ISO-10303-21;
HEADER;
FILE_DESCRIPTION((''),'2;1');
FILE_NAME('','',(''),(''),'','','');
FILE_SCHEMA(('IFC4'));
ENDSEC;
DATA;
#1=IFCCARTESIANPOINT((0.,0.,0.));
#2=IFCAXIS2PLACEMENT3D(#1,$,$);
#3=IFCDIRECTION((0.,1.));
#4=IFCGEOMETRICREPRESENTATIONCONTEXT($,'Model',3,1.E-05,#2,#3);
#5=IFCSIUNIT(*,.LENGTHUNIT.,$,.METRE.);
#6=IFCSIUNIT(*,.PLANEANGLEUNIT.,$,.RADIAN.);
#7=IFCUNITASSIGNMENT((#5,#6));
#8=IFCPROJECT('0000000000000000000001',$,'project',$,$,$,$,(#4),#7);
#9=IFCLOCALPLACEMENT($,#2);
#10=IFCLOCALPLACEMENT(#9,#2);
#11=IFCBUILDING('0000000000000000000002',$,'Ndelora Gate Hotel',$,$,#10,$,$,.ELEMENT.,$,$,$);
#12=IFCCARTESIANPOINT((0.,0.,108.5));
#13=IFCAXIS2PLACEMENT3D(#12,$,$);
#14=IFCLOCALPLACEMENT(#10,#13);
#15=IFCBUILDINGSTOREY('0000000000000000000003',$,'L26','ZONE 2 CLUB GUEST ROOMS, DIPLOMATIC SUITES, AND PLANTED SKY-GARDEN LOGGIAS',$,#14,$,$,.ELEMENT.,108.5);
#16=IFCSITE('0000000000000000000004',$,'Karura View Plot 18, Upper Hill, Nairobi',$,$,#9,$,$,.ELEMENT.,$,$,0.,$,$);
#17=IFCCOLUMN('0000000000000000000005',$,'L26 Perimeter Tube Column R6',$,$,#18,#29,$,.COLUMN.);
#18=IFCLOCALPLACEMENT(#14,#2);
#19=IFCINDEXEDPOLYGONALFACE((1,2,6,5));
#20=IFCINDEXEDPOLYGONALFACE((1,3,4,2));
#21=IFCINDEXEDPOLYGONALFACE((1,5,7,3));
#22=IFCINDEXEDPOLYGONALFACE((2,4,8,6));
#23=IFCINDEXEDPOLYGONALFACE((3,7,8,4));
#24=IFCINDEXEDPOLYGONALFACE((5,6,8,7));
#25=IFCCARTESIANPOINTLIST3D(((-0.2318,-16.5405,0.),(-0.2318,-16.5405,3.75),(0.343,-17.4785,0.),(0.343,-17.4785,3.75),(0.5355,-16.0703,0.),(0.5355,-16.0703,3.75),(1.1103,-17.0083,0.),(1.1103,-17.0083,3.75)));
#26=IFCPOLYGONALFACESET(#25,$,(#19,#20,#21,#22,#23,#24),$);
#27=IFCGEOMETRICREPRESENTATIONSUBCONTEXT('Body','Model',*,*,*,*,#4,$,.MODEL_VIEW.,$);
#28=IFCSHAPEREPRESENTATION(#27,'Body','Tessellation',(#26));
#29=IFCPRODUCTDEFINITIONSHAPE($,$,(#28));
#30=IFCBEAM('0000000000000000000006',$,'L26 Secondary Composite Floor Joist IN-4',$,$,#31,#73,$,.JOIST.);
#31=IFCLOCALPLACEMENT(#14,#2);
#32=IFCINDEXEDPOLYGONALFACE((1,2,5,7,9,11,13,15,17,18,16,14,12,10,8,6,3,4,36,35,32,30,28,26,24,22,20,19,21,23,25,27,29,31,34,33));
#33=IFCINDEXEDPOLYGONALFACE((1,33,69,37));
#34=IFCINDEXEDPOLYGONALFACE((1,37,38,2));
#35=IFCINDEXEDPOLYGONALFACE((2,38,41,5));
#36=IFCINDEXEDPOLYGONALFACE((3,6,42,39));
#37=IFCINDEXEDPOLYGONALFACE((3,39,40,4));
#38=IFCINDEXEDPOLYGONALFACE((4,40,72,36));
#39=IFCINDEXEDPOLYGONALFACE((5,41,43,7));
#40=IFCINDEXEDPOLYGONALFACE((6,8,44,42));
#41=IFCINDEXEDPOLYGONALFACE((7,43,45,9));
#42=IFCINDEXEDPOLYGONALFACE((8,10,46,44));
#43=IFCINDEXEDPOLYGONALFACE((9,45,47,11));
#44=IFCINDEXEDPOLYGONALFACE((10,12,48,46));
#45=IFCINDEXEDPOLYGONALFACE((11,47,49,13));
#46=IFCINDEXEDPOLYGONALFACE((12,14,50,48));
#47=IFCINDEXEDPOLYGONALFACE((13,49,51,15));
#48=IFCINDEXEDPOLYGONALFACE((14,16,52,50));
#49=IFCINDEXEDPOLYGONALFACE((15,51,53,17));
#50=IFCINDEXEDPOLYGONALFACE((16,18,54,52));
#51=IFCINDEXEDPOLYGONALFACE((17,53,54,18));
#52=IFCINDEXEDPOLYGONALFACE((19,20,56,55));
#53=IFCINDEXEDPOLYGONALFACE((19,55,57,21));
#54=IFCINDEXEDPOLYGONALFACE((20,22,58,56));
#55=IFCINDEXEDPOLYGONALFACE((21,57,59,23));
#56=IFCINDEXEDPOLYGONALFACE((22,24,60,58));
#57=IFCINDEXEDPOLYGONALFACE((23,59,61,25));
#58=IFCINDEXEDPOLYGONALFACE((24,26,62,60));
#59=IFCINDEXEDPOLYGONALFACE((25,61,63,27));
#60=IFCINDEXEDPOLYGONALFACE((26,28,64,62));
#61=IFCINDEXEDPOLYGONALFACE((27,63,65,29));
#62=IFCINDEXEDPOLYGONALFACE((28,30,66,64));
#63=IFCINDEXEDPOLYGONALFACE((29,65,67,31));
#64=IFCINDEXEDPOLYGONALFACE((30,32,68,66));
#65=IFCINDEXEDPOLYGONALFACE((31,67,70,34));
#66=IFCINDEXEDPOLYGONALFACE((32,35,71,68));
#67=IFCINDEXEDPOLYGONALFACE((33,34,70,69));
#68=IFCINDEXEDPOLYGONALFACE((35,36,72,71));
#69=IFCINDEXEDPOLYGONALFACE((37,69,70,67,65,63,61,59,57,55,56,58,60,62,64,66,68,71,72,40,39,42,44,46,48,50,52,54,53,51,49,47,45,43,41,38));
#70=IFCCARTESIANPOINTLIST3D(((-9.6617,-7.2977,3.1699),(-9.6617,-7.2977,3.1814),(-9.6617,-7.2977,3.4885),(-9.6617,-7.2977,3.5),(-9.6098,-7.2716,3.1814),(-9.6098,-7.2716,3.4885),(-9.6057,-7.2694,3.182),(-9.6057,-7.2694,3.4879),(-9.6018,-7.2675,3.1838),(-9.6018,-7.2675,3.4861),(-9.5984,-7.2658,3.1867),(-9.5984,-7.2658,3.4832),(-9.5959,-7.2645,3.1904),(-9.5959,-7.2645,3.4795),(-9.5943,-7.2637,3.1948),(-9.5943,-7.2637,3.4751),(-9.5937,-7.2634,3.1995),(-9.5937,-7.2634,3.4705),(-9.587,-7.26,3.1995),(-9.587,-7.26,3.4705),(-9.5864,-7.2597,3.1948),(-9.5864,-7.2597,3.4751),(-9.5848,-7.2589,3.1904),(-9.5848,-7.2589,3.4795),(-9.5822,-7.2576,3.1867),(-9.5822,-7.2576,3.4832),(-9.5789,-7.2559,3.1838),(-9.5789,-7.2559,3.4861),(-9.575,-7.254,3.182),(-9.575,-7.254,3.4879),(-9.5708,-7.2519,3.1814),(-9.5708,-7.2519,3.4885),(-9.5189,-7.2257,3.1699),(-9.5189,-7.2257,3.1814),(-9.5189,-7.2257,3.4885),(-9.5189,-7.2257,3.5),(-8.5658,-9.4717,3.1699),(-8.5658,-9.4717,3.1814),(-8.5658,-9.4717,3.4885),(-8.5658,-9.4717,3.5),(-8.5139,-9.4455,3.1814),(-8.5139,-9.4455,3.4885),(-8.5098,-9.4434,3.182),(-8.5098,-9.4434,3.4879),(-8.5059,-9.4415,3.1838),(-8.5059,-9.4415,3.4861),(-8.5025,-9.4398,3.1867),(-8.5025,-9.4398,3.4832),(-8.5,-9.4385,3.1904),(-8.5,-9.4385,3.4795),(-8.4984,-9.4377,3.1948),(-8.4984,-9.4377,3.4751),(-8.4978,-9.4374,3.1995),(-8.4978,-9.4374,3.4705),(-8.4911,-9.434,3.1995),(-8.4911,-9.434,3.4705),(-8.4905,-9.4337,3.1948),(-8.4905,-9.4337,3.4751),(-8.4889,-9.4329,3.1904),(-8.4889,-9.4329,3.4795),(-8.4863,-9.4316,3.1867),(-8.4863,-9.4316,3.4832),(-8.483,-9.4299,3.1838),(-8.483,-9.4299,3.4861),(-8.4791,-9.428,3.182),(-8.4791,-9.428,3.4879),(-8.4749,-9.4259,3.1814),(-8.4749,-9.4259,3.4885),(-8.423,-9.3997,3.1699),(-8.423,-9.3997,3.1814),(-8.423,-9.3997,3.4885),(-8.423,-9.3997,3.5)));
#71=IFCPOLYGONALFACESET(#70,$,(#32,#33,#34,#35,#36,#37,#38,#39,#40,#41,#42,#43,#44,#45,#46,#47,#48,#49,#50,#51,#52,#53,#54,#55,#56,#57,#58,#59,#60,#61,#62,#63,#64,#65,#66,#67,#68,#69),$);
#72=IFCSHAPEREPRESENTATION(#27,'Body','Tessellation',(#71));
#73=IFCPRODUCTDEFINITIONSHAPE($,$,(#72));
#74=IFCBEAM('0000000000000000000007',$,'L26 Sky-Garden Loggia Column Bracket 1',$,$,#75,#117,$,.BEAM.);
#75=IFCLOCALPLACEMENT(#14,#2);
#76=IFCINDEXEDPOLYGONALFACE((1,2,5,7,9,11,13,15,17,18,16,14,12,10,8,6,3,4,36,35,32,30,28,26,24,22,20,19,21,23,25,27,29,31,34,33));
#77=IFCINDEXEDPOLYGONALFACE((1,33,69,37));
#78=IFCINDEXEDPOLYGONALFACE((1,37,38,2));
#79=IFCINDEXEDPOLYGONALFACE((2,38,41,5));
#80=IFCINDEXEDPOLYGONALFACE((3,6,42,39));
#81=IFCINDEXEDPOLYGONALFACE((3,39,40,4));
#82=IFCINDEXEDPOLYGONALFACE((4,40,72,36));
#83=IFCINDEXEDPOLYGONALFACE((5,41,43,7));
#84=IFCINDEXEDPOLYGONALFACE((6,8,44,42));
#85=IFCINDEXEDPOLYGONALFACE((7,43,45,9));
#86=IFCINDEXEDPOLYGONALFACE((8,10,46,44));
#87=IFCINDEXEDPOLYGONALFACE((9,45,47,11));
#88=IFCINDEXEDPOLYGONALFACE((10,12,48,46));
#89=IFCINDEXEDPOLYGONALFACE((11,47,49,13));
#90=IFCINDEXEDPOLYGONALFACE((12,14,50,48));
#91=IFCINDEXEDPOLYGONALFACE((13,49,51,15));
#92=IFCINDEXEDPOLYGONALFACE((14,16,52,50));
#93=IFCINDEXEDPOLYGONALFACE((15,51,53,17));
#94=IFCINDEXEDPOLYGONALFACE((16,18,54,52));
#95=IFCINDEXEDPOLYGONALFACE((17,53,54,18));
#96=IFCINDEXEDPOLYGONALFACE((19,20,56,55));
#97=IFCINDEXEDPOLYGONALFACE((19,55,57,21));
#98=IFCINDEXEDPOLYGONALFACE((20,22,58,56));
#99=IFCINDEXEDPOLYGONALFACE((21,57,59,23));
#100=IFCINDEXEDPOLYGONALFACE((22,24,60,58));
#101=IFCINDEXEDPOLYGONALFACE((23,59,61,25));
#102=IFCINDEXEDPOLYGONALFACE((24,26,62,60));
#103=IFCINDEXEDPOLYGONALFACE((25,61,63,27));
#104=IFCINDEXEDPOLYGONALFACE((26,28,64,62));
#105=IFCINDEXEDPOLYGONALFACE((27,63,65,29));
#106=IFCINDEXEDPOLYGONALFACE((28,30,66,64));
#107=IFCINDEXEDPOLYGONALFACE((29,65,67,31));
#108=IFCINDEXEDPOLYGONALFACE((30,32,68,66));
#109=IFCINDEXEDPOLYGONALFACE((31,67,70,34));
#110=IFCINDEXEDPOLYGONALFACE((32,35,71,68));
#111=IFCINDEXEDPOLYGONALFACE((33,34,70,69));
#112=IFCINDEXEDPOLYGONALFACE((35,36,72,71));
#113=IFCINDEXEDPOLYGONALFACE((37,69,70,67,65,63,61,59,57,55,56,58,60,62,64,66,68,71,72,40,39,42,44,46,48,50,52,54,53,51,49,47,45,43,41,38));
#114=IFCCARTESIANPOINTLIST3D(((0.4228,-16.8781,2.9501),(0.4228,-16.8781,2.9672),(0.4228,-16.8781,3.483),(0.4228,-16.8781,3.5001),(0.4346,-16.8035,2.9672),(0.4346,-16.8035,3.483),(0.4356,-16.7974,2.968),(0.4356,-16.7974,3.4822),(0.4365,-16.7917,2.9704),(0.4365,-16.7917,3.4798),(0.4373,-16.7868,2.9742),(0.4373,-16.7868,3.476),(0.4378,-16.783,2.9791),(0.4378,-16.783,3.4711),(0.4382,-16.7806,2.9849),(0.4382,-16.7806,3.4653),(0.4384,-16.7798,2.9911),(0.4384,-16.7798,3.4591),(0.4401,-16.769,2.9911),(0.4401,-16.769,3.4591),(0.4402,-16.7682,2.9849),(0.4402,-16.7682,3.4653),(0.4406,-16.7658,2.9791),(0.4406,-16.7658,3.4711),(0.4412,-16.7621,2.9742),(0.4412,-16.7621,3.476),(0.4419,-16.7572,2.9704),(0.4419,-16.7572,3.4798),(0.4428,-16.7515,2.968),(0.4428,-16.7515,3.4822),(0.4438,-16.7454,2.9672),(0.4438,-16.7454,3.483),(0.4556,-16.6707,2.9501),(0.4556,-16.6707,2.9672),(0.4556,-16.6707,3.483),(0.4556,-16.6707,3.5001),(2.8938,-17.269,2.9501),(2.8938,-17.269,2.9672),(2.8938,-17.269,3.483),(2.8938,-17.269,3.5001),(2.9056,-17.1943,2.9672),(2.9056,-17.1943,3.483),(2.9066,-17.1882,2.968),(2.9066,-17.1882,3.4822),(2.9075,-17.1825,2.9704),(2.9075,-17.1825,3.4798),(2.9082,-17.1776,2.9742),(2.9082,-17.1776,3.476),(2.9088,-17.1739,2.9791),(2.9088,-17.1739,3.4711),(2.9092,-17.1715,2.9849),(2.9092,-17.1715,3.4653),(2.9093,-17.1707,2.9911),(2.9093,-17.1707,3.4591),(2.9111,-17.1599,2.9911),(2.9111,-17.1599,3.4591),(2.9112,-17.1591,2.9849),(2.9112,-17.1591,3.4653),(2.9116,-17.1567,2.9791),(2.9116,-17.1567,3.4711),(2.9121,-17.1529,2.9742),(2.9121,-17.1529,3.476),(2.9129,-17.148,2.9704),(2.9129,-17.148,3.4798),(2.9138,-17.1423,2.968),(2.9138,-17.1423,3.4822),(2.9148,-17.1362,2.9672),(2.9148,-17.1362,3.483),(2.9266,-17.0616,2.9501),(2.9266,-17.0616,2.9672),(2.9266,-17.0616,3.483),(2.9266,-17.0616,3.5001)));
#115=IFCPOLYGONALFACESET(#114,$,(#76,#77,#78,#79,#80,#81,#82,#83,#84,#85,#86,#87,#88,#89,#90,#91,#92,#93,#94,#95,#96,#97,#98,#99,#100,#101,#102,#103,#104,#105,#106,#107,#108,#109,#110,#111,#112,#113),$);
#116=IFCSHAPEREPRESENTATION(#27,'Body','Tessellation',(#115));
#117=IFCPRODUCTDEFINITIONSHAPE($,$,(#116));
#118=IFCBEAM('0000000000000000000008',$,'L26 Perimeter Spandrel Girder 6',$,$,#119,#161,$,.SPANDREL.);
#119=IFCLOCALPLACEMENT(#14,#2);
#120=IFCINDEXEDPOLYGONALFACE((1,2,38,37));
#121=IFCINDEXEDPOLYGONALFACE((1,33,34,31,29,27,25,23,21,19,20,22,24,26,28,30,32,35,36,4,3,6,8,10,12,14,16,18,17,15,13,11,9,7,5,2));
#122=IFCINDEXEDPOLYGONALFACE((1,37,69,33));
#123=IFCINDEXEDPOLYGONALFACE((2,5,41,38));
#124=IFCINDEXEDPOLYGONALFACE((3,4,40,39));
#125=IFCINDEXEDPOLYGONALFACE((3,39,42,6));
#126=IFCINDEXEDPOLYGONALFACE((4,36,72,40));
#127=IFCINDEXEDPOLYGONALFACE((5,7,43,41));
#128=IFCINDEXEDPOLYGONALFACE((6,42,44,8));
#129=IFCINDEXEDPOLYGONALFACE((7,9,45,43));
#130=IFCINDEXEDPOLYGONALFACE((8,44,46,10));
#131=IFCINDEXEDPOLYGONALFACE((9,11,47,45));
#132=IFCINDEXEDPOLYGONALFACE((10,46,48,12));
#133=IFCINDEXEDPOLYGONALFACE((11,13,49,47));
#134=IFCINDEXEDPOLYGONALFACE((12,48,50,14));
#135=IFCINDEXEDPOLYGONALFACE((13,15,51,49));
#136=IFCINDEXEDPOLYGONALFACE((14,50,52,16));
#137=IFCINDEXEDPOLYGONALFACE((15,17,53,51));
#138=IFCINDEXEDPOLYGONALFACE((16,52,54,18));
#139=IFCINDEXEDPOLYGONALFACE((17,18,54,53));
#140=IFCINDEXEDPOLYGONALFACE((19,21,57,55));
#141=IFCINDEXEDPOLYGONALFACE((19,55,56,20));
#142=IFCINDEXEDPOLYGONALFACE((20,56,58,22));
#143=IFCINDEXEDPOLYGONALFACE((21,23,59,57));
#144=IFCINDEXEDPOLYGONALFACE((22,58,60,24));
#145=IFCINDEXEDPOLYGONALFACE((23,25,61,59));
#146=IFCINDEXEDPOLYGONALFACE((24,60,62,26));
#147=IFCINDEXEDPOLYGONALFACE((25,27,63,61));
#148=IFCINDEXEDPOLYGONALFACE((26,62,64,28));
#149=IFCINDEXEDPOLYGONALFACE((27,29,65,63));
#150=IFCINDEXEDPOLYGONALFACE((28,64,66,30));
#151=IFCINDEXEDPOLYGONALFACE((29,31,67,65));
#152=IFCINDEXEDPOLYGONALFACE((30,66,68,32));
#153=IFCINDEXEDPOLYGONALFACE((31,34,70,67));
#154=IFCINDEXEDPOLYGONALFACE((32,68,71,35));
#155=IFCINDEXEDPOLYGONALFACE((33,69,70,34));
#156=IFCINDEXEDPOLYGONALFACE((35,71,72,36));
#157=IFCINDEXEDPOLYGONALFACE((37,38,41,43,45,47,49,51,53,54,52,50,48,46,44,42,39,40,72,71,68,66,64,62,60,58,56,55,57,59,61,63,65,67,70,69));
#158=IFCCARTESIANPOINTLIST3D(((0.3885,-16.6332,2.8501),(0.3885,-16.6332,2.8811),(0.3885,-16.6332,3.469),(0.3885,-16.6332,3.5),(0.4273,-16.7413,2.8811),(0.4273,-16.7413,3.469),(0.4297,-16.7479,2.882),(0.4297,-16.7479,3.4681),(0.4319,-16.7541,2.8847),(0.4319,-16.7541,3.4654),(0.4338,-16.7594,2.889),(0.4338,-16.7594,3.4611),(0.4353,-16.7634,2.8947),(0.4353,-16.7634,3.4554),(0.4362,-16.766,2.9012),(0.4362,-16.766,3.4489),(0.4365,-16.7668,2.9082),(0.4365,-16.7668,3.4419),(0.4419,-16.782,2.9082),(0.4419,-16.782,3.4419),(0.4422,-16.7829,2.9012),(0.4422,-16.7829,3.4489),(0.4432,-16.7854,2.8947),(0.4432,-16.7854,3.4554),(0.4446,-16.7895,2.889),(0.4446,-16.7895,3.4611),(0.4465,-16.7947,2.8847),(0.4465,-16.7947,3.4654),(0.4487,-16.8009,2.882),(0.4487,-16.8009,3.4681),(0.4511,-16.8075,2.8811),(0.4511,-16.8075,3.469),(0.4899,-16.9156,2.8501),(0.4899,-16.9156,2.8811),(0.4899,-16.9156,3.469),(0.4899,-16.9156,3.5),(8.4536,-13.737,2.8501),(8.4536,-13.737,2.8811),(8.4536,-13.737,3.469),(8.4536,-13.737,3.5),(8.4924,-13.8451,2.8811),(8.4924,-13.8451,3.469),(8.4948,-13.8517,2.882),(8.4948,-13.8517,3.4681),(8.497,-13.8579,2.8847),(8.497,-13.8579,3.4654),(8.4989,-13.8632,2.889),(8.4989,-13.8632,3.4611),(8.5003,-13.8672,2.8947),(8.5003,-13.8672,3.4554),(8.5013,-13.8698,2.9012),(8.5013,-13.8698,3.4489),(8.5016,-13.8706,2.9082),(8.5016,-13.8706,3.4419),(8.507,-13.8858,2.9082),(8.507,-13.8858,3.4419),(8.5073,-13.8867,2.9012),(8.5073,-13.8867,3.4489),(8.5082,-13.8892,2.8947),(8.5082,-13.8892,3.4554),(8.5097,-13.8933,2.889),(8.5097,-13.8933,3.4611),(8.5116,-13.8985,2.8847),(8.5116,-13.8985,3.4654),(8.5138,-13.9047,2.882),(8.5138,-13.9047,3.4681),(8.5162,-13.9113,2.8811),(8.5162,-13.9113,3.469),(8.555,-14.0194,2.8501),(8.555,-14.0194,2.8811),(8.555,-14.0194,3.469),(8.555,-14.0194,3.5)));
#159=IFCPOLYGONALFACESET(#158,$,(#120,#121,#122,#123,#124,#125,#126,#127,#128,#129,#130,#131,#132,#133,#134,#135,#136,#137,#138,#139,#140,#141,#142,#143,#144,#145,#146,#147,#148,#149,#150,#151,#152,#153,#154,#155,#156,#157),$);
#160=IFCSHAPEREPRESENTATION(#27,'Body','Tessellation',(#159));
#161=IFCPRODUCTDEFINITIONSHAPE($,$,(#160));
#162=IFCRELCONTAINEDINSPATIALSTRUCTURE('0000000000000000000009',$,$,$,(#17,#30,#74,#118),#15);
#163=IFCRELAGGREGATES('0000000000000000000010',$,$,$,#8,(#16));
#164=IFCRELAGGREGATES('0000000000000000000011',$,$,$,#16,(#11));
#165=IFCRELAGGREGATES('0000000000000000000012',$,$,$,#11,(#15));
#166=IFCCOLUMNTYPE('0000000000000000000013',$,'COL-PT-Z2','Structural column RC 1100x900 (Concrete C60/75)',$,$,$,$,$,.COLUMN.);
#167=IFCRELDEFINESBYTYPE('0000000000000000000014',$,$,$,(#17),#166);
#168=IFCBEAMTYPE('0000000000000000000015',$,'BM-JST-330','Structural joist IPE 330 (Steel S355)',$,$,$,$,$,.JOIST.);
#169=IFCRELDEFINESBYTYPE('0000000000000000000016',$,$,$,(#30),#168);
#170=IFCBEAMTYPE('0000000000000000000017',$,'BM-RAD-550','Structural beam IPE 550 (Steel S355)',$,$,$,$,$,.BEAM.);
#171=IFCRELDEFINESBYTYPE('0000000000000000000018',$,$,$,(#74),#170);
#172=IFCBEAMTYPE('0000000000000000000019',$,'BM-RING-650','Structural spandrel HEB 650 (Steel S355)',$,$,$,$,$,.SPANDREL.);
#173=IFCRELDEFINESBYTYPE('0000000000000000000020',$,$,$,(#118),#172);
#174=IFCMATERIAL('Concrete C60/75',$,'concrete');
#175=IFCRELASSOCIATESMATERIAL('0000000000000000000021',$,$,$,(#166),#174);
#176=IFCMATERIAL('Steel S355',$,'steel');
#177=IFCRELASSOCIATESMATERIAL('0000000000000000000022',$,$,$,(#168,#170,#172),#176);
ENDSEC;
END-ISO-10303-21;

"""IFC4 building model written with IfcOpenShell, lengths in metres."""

from ifc_helpers import new_model, si_unit, direction, frame, origin, origin_2d, place, context, subcontext, project, spatial, rectangle, i_section, extrude, material, material_profile, profile_set, type_object, element, save


model = new_model("IFC4")

# Units and contexts
model_context = context("Model", 3, precision=1e-05, world=origin(), true_north=direction((0.0, 1.0)))
body_context = subcontext(model_context, "Body", "Model", "MODEL_VIEW")
ifc_project = project(units=[si_unit("LENGTHUNIT", "METRE"), si_unit("PLANEANGLEUNIT", "RADIAN")], contexts=[model_context])

# Site, building, storey
site_placement = place(None, origin())
site = spatial("IfcSite", under=ifc_project, at=site_placement, Name="Karura View Plot 18, Upper Hill, Nairobi", CompositionType="ELEMENT", RefElevation=0.0)
building_placement = place(site_placement, origin())
building = spatial("IfcBuilding", under=site, at=building_placement, Name="Ndelora Gate Hotel", CompositionType="ELEMENT")
storey_placement = place(building_placement, frame((0.0, 0.0, 108.5)))
storey = spatial("IfcBuildingStorey", under=building, at=storey_placement, Name="L26", Description="ZONE 2 CLUB GUEST ROOMS, DIPLOMATIC SUITES, AND PLANTED SKY-GARDEN LOGGIAS", CompositionType="ELEMENT", Elevation=108.5)

# Column
ifc_material_1 = material(Name="Concrete C60/75", Category="concrete")
ifc_material_profile_1 = material_profile(ifc_material_1, rectangle(XDim=0.8999, YDim=1.1001, at=origin_2d()), Name="RC 1100x900")
ifc_profile_set_1 = profile_set([ifc_material_profile_1], Name="Concrete C60/75")
column_type = type_object("IfcColumnType", Name="COL-PT-Z2", Description="Structural column RC 1100x900 (Concrete C60/75)", PredefinedType="COLUMN", material=ifc_profile_set_1)
column_placement = place(storey_placement, frame((0.4392, -16.7744, 0.0), z_axis=(0.0, 0.0, 1.0), x_axis=(0.85264, 0.522499, 0.0)))
element("IfcColumn", 1, at=column_placement, inside=storey, type_object=column_type, Name="L26 Perimeter Tube Column R6", PredefinedType="COLUMN", context=body_context, shape_type="SweptSolid", body=[
    extrude(rectangle(XDim=0.8999, YDim=1.1001, at=origin_2d()), origin(), (0.0, 0.0, 1.0), 3.75),
])

# Beams
ifc_material_2 = material(Name="Steel S355", Category="steel")
ifc_material_profile_2 = material_profile(ifc_material_2, i_section(OverallWidth=0.1599, OverallDepth=0.3301, WebThickness=0.0076, FlangeThickness=0.0115, FilletRadius=0.0181, at=origin_2d()), Name="IPE 330")
ifc_profile_set_2 = profile_set([ifc_material_profile_2], Name="Steel S355")
beam_type_1 = type_object("IfcBeamType", Name="BM-JST-330", Description="Structural joist IPE 330 (Steel S355)", PredefinedType="JOIST", material=ifc_profile_set_2)
beam_1_placement = place(storey_placement, frame((-9.5903, -7.2617, 3.335), z_axis=(0.450139, -0.892958, 0.0), x_axis=(0.892958, 0.450139, 0.0)))
element("IfcBeam", 2, at=beam_1_placement, inside=storey, type_object=beam_type_1, Name="L26 Secondary Composite Floor Joist IN-4", PredefinedType="JOIST", context=body_context, shape_type="SweptSolid", body=[
    extrude(i_section(OverallWidth=0.1599, OverallDepth=0.3301, WebThickness=0.0076, FlangeThickness=0.0115, FilletRadius=0.0181, at=origin_2d()), origin(), (0.0, 0.0, 1.0), 2.4346),
])
ifc_material_profile_3 = material_profile(ifc_material_2, i_section(OverallWidth=0.21, OverallDepth=0.55, WebThickness=0.011, FlangeThickness=0.0171, FilletRadius=0.0239, at=origin_2d()), Name="IPE 550")
ifc_profile_set_3 = profile_set([ifc_material_profile_3], Name="Steel S355")
beam_type_2 = type_object("IfcBeamType", Name="BM-RAD-550", Description="Structural beam IPE 550 (Steel S355)", PredefinedType="BEAM", material=ifc_profile_set_3)
beam_2_placement = place(storey_placement, frame((0.4392, -16.7744, 3.2251), z_axis=(0.987719, -0.156243, 0.0), x_axis=(0.156243, 0.987719, 0.0)))
element("IfcBeam", 3, at=beam_2_placement, inside=storey, type_object=beam_type_2, Name="L26 Sky-Garden Loggia Column Bracket 1", PredefinedType="BEAM", context=body_context, shape_type="SweptSolid", body=[
    extrude(i_section(OverallWidth=0.21, OverallDepth=0.55, WebThickness=0.011, FlangeThickness=0.0171, FilletRadius=0.0239, at=origin_2d()), origin(), (0.0, 0.0, 1.0), 2.5017),
])
ifc_material_profile_4 = material_profile(ifc_material_2, i_section(OverallWidth=0.3, OverallDepth=0.6499, WebThickness=0.0161, FlangeThickness=0.031, FilletRadius=0.0271, at=origin_2d()), Name="HEB 650")
ifc_profile_set_4 = profile_set([ifc_material_profile_4], Name="Steel S355")
beam_type_3 = type_object("IfcBeamType", Name="BM-RING-650", Description="Structural spandrel HEB 650 (Steel S355)", PredefinedType="SPANDREL", material=ifc_profile_set_4)
beam_3_placement = place(storey_placement, frame((0.4392, -16.7744, 3.175), z_axis=(0.941156, 0.337973, 0.0), x_axis=(-0.337973, 0.941156, 0.0)))
element("IfcBeam", 4, at=beam_3_placement, inside=storey, type_object=beam_type_3, Name="L26 Perimeter Spandrel Girder 6", PredefinedType="SPANDREL", context=body_context, shape_type="SweptSolid", body=[
    extrude(i_section(OverallWidth=0.3, OverallDepth=0.6499, WebThickness=0.0161, FlangeThickness=0.031, FilletRadius=0.0271, at=origin_2d()), origin(), (0.0, 0.0, 1.0), 8.5693),
])

save(model, "model.ifc")
